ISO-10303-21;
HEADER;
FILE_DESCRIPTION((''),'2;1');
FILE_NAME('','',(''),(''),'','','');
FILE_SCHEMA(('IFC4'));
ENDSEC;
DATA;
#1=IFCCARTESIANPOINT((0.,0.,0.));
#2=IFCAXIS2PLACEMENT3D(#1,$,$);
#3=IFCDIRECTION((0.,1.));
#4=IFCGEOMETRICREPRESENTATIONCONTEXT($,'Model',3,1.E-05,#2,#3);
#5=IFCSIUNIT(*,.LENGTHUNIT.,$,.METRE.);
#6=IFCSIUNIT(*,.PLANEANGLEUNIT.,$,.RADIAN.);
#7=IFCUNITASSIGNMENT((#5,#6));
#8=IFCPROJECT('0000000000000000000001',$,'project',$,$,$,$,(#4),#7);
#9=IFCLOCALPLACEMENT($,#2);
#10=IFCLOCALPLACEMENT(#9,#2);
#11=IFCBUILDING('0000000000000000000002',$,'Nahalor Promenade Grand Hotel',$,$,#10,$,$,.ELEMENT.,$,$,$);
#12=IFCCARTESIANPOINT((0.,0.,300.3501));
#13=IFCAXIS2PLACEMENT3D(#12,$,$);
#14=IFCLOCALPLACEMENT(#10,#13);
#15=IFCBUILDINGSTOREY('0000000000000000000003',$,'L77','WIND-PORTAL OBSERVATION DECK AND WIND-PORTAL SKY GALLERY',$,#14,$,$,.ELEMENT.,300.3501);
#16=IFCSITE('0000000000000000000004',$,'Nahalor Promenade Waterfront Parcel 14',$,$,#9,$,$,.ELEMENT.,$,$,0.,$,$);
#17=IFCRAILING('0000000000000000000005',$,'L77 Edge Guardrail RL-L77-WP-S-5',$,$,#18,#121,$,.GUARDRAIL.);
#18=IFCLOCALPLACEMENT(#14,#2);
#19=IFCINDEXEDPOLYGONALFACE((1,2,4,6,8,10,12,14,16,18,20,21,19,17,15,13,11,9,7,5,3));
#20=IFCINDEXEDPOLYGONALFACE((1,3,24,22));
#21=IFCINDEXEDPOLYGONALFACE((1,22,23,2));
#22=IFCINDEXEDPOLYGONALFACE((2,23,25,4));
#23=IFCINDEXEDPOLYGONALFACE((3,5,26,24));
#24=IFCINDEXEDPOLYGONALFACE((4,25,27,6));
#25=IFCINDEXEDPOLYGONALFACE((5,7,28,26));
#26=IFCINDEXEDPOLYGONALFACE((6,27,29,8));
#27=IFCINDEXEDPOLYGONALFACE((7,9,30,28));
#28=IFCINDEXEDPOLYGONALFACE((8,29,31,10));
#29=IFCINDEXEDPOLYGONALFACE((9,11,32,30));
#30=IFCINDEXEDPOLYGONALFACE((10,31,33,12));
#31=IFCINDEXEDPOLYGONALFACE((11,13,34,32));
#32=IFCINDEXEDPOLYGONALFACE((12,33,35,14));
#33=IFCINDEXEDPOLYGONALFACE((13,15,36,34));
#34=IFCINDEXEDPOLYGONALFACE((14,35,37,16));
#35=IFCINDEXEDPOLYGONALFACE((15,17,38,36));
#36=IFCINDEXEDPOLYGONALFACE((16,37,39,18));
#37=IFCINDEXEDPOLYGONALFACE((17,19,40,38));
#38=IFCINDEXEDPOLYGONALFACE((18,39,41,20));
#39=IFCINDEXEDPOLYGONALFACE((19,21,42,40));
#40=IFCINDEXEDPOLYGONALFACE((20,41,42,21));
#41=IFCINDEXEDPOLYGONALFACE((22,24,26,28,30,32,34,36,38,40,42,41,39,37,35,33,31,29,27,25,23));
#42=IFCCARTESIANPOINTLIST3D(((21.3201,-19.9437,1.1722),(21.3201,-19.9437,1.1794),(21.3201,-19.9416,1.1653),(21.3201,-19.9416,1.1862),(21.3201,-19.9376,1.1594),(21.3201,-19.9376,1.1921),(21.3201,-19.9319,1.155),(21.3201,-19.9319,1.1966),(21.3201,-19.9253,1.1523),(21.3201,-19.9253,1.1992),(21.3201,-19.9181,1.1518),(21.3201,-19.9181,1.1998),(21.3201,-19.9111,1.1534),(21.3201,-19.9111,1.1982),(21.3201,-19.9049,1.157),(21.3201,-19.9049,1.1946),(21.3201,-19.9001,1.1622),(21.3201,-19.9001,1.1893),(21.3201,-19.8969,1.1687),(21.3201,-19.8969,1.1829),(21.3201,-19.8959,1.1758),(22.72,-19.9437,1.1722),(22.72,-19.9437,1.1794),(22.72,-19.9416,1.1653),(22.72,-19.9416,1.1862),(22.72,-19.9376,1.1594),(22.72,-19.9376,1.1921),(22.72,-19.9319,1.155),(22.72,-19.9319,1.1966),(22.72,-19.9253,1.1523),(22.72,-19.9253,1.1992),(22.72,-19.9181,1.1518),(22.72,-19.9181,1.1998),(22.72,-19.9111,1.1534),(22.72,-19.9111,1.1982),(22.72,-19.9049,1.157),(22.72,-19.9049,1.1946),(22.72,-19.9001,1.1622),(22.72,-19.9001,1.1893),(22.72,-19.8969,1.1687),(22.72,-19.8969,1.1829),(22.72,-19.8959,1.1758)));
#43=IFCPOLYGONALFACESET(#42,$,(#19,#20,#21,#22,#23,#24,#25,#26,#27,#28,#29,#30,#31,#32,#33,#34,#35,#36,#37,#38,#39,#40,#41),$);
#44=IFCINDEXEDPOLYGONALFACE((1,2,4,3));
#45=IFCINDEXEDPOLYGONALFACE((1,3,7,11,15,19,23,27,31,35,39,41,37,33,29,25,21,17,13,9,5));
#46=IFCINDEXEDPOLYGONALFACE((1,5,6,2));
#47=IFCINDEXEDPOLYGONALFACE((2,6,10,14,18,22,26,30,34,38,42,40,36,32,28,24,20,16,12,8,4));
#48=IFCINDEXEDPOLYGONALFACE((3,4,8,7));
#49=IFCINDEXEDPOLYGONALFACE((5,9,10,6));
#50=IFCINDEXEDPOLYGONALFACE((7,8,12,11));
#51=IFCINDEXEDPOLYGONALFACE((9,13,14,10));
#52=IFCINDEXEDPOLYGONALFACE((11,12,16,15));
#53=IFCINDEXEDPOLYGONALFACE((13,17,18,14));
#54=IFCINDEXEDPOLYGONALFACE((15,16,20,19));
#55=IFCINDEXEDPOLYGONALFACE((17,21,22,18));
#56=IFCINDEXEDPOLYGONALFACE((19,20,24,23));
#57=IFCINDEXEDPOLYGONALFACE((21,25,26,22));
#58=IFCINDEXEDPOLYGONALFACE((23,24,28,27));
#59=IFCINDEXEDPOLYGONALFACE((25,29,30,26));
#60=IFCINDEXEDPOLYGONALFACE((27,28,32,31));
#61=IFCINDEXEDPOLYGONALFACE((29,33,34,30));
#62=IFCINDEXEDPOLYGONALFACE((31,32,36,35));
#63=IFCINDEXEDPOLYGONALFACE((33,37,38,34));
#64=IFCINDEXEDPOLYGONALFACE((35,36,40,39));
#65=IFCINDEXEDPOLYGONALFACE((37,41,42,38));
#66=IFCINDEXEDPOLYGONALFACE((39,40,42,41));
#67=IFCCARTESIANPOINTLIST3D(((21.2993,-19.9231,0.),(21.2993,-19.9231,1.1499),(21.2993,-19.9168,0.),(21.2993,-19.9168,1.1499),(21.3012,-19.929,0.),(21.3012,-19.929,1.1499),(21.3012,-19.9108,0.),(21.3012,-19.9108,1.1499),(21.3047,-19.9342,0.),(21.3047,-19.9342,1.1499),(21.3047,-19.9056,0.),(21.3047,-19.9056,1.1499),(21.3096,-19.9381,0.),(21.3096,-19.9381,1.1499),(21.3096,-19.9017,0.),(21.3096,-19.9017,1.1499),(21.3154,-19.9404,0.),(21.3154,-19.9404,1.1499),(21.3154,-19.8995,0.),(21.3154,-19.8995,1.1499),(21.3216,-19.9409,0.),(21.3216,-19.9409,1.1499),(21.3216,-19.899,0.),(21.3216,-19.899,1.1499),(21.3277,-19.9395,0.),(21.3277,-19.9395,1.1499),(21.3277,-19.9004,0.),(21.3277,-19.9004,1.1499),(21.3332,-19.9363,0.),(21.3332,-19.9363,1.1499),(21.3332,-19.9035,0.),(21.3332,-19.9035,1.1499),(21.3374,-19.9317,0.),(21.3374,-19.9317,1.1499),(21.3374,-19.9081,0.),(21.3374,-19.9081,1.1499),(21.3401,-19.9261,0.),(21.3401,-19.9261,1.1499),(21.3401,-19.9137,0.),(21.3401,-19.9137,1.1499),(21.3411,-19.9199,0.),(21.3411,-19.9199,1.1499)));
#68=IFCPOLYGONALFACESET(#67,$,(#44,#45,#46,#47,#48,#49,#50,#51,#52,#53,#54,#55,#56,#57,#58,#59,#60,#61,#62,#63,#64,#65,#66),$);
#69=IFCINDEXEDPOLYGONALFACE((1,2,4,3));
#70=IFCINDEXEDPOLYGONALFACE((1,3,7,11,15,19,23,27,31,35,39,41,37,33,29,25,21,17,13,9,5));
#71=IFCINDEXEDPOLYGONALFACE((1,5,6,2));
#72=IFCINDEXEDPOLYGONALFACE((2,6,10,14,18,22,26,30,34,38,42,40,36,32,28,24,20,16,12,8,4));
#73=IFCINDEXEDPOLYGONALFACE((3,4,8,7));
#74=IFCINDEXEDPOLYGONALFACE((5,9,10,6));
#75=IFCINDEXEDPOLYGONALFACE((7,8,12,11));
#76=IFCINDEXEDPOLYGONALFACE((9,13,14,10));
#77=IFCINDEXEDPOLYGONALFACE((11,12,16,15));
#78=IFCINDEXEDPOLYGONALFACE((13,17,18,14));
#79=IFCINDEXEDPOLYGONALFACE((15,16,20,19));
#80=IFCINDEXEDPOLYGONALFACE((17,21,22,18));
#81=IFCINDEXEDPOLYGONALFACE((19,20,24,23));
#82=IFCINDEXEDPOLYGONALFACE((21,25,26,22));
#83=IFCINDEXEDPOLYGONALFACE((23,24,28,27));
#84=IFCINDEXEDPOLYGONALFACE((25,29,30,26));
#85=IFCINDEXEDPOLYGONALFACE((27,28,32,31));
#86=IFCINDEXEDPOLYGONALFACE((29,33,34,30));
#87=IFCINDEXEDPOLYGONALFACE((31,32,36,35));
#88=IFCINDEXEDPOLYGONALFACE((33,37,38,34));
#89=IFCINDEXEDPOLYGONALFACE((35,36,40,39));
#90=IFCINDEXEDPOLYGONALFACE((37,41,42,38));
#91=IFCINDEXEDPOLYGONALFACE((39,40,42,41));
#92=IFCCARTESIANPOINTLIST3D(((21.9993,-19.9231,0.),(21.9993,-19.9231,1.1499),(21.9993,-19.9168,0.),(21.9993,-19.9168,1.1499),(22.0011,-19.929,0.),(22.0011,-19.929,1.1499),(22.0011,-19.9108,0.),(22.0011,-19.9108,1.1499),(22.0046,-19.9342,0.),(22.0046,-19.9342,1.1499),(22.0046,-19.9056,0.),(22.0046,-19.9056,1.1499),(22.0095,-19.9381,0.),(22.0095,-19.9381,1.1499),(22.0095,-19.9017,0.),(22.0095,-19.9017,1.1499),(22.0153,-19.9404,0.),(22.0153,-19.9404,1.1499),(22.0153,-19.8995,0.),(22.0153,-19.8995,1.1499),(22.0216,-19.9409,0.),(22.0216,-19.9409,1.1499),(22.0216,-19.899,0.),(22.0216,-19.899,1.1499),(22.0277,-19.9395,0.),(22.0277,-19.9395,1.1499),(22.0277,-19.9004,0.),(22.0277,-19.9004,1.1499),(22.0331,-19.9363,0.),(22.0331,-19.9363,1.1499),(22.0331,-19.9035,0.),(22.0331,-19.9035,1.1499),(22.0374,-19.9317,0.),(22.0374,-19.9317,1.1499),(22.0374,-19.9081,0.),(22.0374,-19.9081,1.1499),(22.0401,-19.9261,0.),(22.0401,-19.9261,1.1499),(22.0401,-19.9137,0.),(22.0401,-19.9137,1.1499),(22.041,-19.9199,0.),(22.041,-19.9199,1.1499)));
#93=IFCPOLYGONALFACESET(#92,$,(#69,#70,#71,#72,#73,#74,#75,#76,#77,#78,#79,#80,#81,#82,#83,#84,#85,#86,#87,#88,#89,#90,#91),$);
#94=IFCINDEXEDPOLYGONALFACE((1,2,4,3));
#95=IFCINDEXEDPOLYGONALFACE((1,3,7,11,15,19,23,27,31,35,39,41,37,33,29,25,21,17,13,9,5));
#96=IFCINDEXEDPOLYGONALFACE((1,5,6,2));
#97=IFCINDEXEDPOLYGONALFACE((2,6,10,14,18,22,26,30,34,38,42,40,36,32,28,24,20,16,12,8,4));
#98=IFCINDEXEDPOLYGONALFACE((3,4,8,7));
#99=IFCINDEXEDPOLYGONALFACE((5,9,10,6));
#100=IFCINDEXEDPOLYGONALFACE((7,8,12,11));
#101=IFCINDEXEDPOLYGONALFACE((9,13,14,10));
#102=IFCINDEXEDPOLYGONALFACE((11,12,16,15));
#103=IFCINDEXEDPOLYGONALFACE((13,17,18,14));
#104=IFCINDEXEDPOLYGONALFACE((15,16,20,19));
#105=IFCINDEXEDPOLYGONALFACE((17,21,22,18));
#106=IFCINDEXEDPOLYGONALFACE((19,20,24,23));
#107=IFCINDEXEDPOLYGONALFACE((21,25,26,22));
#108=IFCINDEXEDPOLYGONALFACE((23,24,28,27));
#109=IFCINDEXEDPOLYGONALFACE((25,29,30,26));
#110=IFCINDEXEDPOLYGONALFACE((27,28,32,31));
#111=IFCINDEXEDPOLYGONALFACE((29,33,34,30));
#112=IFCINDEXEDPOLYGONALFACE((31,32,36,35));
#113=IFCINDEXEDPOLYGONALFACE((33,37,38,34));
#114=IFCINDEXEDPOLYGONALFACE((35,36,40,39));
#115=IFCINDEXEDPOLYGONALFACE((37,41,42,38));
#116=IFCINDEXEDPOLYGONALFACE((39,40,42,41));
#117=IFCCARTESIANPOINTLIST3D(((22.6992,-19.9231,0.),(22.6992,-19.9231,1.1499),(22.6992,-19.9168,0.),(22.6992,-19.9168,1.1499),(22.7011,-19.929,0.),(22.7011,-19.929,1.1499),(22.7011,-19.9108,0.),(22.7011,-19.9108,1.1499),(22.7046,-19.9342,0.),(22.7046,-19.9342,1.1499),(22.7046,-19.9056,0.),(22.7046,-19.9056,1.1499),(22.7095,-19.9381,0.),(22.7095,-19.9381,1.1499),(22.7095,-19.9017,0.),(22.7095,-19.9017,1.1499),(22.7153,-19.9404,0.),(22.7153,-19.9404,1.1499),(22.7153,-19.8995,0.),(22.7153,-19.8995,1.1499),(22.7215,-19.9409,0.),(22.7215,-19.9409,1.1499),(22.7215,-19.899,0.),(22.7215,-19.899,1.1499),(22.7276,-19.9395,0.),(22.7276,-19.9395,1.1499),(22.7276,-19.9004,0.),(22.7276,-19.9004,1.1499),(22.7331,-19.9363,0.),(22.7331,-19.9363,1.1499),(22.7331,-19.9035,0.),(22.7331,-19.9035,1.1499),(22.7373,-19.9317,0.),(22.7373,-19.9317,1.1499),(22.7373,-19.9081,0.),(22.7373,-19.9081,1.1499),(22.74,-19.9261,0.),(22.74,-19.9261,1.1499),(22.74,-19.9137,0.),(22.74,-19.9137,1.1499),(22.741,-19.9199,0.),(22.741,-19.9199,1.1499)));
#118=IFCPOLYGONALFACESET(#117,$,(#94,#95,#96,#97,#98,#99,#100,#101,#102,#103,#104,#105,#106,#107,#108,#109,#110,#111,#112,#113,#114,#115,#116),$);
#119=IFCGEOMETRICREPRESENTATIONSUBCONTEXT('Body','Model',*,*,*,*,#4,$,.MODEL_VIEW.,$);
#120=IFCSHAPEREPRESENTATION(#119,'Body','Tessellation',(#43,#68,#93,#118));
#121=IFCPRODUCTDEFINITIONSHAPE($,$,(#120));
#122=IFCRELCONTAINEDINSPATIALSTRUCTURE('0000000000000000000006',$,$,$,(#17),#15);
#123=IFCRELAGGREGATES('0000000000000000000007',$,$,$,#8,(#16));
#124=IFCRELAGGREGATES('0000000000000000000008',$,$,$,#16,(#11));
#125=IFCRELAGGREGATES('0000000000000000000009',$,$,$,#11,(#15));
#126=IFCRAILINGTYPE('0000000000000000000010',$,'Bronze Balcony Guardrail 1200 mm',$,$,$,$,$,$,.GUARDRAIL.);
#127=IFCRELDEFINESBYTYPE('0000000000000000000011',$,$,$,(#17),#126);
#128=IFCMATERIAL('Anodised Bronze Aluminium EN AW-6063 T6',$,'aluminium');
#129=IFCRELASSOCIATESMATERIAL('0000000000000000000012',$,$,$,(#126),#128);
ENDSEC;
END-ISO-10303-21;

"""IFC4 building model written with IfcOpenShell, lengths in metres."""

from ifc_helpers import new_model, si_unit, direction, frame, origin, origin_2d, place, context, subcontext, project, spatial, circle, extrude, material, type_object, element, save


model = new_model("IFC4")

# Units and contexts
model_context = context("Model", 3, precision=1e-05, world=origin(), true_north=direction((0.0, 1.0)))
body_context = subcontext(model_context, "Body", "Model", "MODEL_VIEW")
ifc_project = project(units=[si_unit("LENGTHUNIT", "METRE"), si_unit("PLANEANGLEUNIT", "RADIAN")], contexts=[model_context])

# Site, building, storey
site_placement = place(None, origin())
site = spatial("IfcSite", under=ifc_project, at=site_placement, Name="Nahalor Promenade Waterfront Parcel 14", CompositionType="ELEMENT", RefElevation=0.0)
building_placement = place(site_placement, origin())
building = spatial("IfcBuilding", under=site, at=building_placement, Name="Nahalor Promenade Grand Hotel", CompositionType="ELEMENT")
storey_placement = place(building_placement, frame((0.0, 0.0, 300.3501)))
storey = spatial("IfcBuildingStorey", under=building, at=storey_placement, Name="L77", Description="WIND-PORTAL OBSERVATION DECK AND WIND-PORTAL SKY GALLERY", CompositionType="ELEMENT", Elevation=300.3501)

# Railing
ifc_material_1 = material(Name="Anodised Bronze Aluminium EN AW-6063 T6", Category="aluminium")
railing_type = type_object("IfcRailingType", Name="Bronze Balcony Guardrail 1200 mm", PredefinedType="GUARDRAIL", material=ifc_material_1)
railing_1_placement = place(storey_placement, frame((21.3201, -19.9199, 0.0)))
element("IfcRailing", 1, at=railing_1_placement, inside=storey, type_object=railing_type, Name="L77 Edge Guardrail RL-L77-WP-S-5", PredefinedType="GUARDRAIL", context=body_context, shape_type="SweptSolid", body=[
    extrude(circle(Radius=0.024, at=origin_2d()), frame((0.0, 0.0, 1.1758), z_axis=(1.0, 0.0, 0.0), x_axis=(0.0, 1.0, 0.0)), (0.0, 0.0, 1.0), 1.3999),
    extrude(circle(Radius=0.021, at=origin_2d()), origin(), (0.0, 0.0, 1.0), 1.1499),
    extrude(circle(Radius=0.021, at=origin_2d()), frame((0.7, 0.0, 0.0)), (0.0, 0.0, 1.0), 1.1499),
    extrude(circle(Radius=0.021, at=origin_2d()), frame((1.3999, 0.0, 0.0)), (0.0, 0.0, 1.0), 1.1499),
])

save(model, "model.ifc")
